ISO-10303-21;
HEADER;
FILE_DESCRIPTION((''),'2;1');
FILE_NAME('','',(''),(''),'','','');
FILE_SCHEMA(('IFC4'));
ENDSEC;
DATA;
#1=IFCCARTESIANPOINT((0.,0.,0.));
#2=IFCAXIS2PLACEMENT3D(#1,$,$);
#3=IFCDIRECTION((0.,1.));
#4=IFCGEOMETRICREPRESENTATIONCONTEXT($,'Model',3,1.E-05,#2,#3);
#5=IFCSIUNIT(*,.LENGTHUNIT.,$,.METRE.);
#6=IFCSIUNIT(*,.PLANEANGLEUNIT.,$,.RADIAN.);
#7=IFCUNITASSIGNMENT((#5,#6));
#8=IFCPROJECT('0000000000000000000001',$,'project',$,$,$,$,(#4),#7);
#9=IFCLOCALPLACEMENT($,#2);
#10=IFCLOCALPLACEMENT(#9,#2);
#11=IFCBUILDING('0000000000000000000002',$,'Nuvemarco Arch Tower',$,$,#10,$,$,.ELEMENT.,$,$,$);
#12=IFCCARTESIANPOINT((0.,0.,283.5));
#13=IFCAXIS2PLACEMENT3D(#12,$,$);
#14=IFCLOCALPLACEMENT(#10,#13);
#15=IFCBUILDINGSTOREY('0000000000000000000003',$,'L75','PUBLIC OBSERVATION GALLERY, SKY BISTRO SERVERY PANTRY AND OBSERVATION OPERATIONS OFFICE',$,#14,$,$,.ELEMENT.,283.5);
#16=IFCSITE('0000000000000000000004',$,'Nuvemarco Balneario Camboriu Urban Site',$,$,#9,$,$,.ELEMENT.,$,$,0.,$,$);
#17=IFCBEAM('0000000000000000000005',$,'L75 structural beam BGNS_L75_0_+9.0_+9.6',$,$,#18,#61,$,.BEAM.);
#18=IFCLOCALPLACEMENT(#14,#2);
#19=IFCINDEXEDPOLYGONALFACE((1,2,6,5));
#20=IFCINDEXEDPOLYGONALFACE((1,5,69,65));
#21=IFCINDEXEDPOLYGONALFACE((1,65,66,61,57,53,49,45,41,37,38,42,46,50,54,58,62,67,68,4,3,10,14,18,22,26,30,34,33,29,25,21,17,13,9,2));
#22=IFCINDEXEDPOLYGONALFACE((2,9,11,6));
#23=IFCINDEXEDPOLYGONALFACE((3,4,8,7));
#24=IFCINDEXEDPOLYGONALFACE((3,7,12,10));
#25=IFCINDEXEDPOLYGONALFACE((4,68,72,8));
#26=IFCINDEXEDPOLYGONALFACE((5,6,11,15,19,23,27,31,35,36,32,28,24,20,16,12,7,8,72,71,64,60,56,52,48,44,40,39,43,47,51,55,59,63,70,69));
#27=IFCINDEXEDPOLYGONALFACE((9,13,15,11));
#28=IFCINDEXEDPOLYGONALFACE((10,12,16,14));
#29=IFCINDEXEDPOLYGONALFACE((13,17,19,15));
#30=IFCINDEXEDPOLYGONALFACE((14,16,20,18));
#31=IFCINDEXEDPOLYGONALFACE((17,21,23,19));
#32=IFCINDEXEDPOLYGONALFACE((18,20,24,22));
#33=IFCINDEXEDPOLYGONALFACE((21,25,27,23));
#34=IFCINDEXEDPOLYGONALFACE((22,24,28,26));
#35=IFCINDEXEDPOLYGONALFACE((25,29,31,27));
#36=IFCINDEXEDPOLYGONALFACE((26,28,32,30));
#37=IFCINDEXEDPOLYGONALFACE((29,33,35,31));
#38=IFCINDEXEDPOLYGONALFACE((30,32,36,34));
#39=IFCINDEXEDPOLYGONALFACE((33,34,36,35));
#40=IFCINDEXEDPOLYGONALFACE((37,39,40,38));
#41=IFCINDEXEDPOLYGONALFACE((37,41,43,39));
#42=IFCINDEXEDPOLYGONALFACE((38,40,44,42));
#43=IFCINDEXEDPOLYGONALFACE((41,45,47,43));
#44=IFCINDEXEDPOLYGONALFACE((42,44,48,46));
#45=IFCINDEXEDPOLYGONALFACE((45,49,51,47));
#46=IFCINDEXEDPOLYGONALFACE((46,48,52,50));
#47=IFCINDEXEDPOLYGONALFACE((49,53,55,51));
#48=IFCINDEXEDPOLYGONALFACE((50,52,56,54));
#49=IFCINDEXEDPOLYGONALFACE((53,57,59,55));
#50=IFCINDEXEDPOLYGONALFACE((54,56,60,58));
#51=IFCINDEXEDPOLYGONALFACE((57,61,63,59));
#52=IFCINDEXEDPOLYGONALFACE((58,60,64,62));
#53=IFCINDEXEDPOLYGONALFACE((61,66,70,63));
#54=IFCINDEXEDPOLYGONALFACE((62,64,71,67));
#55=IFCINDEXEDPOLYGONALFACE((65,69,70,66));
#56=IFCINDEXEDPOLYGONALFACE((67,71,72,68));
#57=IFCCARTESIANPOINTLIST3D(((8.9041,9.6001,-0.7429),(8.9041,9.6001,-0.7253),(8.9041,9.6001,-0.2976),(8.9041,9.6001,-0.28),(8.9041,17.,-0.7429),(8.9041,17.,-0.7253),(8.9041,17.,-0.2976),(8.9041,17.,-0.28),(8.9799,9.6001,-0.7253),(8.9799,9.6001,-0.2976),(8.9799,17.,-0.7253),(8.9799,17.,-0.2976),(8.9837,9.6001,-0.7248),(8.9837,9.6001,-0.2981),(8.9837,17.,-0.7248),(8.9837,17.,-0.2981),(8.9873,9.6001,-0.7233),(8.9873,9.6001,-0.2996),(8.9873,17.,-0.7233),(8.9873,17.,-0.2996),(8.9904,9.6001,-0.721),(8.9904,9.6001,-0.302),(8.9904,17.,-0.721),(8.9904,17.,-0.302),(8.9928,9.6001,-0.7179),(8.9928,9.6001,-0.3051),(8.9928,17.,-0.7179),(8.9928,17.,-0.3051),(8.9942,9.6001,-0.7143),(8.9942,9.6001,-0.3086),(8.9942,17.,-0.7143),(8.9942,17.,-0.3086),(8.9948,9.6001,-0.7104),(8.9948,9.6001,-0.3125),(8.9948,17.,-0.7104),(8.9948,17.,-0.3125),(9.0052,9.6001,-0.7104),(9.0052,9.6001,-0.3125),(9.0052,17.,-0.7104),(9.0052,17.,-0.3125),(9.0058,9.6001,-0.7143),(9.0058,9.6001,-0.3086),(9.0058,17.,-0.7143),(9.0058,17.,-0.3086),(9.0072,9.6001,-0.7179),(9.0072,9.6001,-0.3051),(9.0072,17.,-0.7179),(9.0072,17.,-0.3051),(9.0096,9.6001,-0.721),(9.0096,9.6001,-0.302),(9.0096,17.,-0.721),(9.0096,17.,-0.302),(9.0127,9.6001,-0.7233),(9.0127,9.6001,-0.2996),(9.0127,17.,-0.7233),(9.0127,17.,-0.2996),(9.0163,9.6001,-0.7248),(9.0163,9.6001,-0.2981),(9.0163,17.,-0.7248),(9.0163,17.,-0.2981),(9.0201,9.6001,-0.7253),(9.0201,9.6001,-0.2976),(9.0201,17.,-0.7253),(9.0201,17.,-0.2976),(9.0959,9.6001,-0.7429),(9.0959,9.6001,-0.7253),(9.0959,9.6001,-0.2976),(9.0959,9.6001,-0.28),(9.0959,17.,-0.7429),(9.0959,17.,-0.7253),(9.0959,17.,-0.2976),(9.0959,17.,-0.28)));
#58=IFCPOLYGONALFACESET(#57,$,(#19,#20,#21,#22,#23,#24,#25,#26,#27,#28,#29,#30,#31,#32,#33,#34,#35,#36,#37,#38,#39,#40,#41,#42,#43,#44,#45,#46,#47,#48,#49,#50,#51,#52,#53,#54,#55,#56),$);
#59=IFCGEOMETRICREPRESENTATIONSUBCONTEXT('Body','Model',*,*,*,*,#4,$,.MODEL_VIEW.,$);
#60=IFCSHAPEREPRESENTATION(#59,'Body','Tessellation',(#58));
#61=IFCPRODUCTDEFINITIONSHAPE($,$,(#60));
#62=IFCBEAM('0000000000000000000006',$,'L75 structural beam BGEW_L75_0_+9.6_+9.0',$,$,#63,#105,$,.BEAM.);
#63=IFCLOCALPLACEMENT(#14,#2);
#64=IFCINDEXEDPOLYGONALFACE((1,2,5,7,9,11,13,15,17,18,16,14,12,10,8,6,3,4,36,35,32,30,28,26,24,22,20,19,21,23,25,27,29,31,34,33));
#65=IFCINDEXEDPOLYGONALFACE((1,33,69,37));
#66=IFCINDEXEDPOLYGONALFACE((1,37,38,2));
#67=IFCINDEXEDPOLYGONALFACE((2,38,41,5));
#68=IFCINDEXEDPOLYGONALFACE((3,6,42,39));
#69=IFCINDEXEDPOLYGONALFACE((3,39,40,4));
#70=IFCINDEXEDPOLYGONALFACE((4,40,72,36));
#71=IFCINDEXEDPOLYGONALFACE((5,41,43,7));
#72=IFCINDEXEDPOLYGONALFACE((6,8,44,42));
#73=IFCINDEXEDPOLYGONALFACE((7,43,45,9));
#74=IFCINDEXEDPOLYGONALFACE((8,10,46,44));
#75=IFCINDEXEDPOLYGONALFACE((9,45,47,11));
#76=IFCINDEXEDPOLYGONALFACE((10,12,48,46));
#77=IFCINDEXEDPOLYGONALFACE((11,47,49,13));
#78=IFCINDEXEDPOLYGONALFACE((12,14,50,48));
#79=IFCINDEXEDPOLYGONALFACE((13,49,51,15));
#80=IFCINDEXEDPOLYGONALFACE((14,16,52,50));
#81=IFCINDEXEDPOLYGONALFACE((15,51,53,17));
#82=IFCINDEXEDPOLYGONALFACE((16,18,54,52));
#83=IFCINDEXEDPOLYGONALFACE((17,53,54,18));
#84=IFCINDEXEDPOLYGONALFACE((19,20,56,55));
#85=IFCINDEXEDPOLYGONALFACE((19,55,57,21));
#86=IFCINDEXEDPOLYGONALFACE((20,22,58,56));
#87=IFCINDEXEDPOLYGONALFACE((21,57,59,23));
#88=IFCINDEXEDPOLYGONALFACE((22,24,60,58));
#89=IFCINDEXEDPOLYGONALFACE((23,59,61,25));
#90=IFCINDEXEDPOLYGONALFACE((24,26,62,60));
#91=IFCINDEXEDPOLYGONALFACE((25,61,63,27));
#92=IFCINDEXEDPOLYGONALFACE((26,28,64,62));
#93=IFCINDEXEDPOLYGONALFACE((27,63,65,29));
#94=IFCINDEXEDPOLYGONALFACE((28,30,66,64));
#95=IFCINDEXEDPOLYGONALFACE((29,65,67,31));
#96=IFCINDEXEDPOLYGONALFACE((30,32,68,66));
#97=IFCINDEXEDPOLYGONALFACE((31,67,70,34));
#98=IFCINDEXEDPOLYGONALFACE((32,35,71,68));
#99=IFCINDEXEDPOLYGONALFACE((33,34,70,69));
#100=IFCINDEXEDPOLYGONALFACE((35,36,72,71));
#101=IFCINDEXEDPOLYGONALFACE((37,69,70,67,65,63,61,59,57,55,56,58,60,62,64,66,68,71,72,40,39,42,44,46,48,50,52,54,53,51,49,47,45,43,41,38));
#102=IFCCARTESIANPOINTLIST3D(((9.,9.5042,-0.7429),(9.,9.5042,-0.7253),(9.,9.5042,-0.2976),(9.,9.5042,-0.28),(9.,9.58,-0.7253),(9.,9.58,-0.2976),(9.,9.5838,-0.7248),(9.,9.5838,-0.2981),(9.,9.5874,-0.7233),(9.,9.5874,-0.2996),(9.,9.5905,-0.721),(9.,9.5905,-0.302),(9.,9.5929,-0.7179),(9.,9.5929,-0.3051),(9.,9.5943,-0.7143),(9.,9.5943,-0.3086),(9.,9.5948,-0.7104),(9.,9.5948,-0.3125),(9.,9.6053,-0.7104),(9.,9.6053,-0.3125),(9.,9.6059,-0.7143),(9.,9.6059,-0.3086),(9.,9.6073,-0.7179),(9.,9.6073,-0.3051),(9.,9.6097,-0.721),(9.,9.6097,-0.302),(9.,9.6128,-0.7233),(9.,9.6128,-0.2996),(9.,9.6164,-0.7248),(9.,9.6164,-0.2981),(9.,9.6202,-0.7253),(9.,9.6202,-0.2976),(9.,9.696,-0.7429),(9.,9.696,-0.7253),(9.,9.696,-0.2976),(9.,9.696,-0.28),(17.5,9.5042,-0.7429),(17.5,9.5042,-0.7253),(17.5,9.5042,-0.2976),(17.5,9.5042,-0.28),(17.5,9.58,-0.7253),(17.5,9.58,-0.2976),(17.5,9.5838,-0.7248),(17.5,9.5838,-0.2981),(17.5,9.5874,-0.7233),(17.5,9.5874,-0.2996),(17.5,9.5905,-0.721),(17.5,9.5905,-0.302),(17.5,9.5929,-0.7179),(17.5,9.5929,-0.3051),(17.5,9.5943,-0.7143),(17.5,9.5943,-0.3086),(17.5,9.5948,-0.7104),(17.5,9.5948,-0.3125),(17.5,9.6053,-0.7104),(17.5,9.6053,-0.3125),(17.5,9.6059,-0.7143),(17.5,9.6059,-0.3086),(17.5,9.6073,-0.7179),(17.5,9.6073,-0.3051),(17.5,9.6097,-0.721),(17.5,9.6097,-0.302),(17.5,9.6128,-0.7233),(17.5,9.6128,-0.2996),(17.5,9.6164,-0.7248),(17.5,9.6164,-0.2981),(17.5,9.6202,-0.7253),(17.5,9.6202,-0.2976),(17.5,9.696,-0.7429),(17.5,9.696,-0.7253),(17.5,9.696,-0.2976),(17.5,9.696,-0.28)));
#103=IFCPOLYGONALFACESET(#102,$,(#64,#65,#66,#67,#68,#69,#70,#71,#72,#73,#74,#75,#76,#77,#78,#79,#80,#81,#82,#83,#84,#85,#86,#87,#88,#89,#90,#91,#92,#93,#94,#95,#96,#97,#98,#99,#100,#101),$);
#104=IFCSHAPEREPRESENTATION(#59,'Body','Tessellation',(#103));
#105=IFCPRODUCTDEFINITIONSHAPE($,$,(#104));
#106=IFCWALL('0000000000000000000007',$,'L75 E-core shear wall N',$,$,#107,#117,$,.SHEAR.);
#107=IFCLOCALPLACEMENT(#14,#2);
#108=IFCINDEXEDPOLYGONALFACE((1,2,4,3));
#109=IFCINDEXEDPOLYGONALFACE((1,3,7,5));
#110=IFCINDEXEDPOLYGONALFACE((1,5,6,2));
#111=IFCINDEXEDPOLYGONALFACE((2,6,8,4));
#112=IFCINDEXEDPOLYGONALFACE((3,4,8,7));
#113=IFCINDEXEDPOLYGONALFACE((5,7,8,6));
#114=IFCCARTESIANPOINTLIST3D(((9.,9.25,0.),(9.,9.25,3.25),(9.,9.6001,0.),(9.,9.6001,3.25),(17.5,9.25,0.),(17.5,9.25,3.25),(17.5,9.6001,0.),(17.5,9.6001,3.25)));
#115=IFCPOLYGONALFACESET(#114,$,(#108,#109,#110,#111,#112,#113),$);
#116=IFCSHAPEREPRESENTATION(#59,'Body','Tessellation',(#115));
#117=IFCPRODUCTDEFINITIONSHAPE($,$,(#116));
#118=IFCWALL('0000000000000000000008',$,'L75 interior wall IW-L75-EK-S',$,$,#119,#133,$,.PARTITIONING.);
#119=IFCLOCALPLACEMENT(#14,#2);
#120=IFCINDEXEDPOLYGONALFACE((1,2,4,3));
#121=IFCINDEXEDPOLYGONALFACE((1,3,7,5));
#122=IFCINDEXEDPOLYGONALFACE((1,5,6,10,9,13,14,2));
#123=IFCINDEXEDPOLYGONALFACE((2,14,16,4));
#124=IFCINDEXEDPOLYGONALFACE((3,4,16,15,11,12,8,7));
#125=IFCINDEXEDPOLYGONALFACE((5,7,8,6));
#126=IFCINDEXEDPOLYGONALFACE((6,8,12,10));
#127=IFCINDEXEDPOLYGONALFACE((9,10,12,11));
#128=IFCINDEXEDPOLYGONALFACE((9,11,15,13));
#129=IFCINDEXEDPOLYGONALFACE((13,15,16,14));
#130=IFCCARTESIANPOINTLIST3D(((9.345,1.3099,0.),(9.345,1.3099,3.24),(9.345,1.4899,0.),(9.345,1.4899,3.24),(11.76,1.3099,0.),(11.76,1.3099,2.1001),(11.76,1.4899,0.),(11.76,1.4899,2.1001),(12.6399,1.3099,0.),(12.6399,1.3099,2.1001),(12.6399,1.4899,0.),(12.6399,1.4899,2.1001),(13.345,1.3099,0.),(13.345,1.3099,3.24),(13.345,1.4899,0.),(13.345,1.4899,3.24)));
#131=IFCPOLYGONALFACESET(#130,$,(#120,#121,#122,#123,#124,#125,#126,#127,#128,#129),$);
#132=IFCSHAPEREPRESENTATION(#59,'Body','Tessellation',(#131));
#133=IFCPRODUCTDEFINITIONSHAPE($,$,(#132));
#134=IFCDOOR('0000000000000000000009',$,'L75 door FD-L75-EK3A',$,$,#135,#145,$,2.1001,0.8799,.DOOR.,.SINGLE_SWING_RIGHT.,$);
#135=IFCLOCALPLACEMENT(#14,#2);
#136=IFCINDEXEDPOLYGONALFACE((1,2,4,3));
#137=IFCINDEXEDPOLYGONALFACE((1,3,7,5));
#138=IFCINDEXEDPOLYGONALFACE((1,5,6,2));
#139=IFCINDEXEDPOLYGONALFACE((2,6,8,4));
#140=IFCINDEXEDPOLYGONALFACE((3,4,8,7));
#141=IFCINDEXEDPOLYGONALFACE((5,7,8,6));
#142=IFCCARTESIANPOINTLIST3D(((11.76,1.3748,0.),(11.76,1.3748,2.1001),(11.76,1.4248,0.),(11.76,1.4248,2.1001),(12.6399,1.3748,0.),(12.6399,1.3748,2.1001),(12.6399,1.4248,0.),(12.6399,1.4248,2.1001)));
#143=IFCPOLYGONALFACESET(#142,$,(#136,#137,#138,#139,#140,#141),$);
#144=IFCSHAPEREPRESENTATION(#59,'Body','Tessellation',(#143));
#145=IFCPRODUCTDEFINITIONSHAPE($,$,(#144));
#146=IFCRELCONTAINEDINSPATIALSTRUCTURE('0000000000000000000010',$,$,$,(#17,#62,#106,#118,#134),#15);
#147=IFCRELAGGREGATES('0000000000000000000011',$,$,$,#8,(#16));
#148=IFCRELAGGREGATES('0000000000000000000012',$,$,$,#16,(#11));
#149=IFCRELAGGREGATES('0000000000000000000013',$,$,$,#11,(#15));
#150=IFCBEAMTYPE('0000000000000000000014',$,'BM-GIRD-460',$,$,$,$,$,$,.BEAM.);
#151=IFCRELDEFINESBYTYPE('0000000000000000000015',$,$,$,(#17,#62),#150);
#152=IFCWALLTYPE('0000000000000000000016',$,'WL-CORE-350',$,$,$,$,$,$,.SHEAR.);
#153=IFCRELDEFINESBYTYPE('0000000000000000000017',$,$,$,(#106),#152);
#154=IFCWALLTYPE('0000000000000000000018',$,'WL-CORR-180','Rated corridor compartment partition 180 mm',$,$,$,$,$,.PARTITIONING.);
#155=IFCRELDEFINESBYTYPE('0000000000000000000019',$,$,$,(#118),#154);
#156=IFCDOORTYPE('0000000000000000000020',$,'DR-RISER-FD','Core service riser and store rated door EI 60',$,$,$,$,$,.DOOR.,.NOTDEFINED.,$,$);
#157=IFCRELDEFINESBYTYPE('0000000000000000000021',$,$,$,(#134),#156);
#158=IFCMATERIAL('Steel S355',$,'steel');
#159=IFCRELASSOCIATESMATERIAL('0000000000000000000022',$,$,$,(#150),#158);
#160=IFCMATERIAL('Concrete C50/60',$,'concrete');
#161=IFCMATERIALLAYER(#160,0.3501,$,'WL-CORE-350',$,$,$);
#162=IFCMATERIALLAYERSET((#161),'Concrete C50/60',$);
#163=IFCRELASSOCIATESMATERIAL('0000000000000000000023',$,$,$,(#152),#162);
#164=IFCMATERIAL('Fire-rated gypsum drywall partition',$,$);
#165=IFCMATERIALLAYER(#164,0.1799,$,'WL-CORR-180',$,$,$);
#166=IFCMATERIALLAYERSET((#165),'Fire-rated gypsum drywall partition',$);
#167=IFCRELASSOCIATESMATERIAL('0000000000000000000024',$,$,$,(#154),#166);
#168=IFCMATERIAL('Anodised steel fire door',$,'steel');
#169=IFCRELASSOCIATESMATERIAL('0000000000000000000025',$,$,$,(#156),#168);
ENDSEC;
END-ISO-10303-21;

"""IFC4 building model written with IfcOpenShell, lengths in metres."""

from ifc_helpers import new_model, si_unit, direction, frame, frame_2d, origin, origin_2d, place, context, subcontext, project, spatial, rectangle, i_section, extrude, source, transform, mapped, material, layer, layer_set, material_profile, profile_set, type_object, type_shapes, element, fill, save


model = new_model("IFC4")

# Units and contexts
model_context = context("Model", 3, precision=1e-05, world=origin(), true_north=direction((0.0, 1.0)))
body_context = subcontext(model_context, "Body", "Model", "MODEL_VIEW")
ifc_project = project(units=[si_unit("LENGTHUNIT", "METRE"), si_unit("PLANEANGLEUNIT", "RADIAN")], contexts=[model_context])

# Site, building, storey
site_placement = place(None, origin())
site = spatial("IfcSite", under=ifc_project, at=site_placement, Name="Nuvemarco Balneario Camboriu Urban Site", CompositionType="ELEMENT", RefElevation=0.0)
building_placement = place(site_placement, origin())
building = spatial("IfcBuilding", under=site, at=building_placement, Name="Nuvemarco Arch Tower", CompositionType="ELEMENT")
storey_placement = place(building_placement, frame((0.0, 0.0, 283.5)))
storey = spatial("IfcBuildingStorey", under=building, at=storey_placement, Name="L75", Description="PUBLIC OBSERVATION GALLERY, SKY BISTRO SERVERY PANTRY AND OBSERVATION OPERATIONS OFFICE", CompositionType="ELEMENT", Elevation=283.5)

# Shared definitions
ifc_material_1 = material(Name="Concrete C50/60", Category="concrete")
ifc_material_2 = material(Name="Steel S355", Category="steel")

# Beams
ifc_material_profile_1 = material_profile(ifc_material_2, i_section(OverallWidth=0.1919, OverallDepth=0.4629, WebThickness=0.0105, FlangeThickness=0.0176, FilletRadius=0.0149, at=origin_2d()), Name="W460x89")
ifc_profile_set_1 = profile_set([ifc_material_profile_1], Name="Steel S355")
beam_type_1 = type_object("IfcBeamType", Name="BM-GIRD-460", PredefinedType="BEAM", material=ifc_profile_set_1)
beam_1_placement = place(storey_placement, frame((9.0, 9.6001, -0.5115), z_axis=(0.0, 1.0, 0.0), x_axis=(-1.0, 0.0, 0.0)))
element("IfcBeam", 1, at=beam_1_placement, inside=storey, type_object=beam_type_1, Name="L75 structural beam BGNS_L75_0_+9.0_+9.6", PredefinedType="BEAM", context=body_context, shape_type="SweptSolid", body=[
    extrude(i_section(OverallWidth=0.1919, OverallDepth=0.4629, WebThickness=0.0105, FlangeThickness=0.0176, FilletRadius=0.0149, at=origin_2d()), origin(), (0.0, 0.0, 1.0), 7.3999),
])
beam_2_placement = place(storey_placement, frame((9.0, 9.6001, -0.5115), z_axis=(1.0, 0.0, 0.0), x_axis=(0.0, 1.0, 0.0)))
element("IfcBeam", 2, at=beam_2_placement, inside=storey, type_object=beam_type_1, Name="L75 structural beam BGEW_L75_0_+9.6_+9.0", PredefinedType="BEAM", context=body_context, shape_type="SweptSolid", body=[
    extrude(i_section(OverallWidth=0.1919, OverallDepth=0.4629, WebThickness=0.0105, FlangeThickness=0.0176, FilletRadius=0.0149, at=origin_2d()), origin(), (0.0, 0.0, 1.0), 8.5),
])

# Wall
ifc_layer_1 = layer(ifc_material_1, 0.3501, Name="WL-CORE-350")
ifc_layer_set_1 = layer_set([ifc_layer_1], Name="Concrete C50/60")
wall_type_1 = type_object("IfcWallType", Name="WL-CORE-350", PredefinedType="SHEAR", material=ifc_layer_set_1)
wall_1_placement = place(storey_placement, frame((9.0, 9.425, 0.0), z_axis=(0.0, 0.0, 1.0), x_axis=(1.0, 0.0, 0.0)))
element("IfcWall", 3, at=wall_1_placement, inside=storey, type_object=wall_type_1, Name="L75 E-core shear wall N", PredefinedType="SHEAR", context=body_context, shape_type="SweptSolid", body=[
    extrude(rectangle(XDim=8.5, YDim=0.3501, at=frame_2d((4.25, 0.0))), origin(), (0.0, 0.0, 1.0), 3.25),
])

# Wall, opening, door
ifc_material_3 = material(Name="Fire-rated gypsum drywall partition")
ifc_layer_2 = layer(ifc_material_3, 0.1799, Name="WL-CORR-180")
ifc_layer_set_2 = layer_set([ifc_layer_2], Name="Fire-rated gypsum drywall partition")
wall_type_2 = type_object("IfcWallType", Name="WL-CORR-180", Description="Rated corridor compartment partition 180 mm", PredefinedType="PARTITIONING", material=ifc_layer_set_2)
wall_2_placement = place(storey_placement, frame((9.345, 1.3999, 0.0), z_axis=(0.0, 0.0, 1.0), x_axis=(1.0, 0.0, 0.0)))
wall_2 = element("IfcWall", 4, at=wall_2_placement, inside=storey, type_object=wall_type_2, Name="L75 interior wall IW-L75-EK-S", PredefinedType="PARTITIONING", context=body_context, shape_type="SweptSolid", body=[
    extrude(rectangle(XDim=4.0, YDim=0.1799, at=frame_2d((2.0, 0.0))), origin(), (0.0, 0.0, 1.0), 3.24),
])
opening_1_placement = place(wall_2_placement, frame((2.415, 0.0, 0.0)))
opening_1 = element("IfcOpeningElement", 5, at=opening_1_placement, cuts=wall_2, PredefinedType="OPENING", context=body_context, shape_type="SweptSolid", body=[
    extrude(rectangle(XDim=0.8799, YDim=2.1001, at=frame_2d((0.4399, 1.05))), frame((0.0, 0.0999, 0.0), z_axis=(0.0, -1.0, 0.0), x_axis=(1.0, 0.0, 0.0)), (0.0, 0.0, 1.0), 0.2),
])
ifc_material_4 = material(Name="Anodised steel fire door", Category="steel")
door_type = type_object("IfcDoorType", Name="DR-RISER-FD", Description="Core service riser and store rated door EI 60", OperationType="NOTDEFINED", PredefinedType="DOOR", material=ifc_material_4)
shared_shape = source(origin(), body_context, "Body", "SweptSolid", [
    extrude(rectangle(XDim=0.8799, YDim=2.1001, at=frame_2d((0.4399, 1.05))), frame((0.0, 0.0249, 0.0), z_axis=(0.0, -1.0, 0.0), x_axis=(1.0, 0.0, 0.0)), (0.0, 0.0, 1.0), 0.05),
])
type_shapes(door_type, [shared_shape])
door_1_placement = place(opening_1_placement, origin())
door_1 = element("IfcDoor", 6, at=door_1_placement, inside=storey, type_object=door_type, Name="L75 door FD-L75-EK3A", OperationType="SINGLE_SWING_RIGHT", OverallHeight=2.1001, OverallWidth=0.8799, PredefinedType="DOOR", context=body_context, shape_type="MappedRepresentation", body=[
    mapped(shared_shape, transform((0.0, 0.0, 0.0), scale=1.0)),
])
fill(opening_1, door_1)

save(model, "model.ifc")
